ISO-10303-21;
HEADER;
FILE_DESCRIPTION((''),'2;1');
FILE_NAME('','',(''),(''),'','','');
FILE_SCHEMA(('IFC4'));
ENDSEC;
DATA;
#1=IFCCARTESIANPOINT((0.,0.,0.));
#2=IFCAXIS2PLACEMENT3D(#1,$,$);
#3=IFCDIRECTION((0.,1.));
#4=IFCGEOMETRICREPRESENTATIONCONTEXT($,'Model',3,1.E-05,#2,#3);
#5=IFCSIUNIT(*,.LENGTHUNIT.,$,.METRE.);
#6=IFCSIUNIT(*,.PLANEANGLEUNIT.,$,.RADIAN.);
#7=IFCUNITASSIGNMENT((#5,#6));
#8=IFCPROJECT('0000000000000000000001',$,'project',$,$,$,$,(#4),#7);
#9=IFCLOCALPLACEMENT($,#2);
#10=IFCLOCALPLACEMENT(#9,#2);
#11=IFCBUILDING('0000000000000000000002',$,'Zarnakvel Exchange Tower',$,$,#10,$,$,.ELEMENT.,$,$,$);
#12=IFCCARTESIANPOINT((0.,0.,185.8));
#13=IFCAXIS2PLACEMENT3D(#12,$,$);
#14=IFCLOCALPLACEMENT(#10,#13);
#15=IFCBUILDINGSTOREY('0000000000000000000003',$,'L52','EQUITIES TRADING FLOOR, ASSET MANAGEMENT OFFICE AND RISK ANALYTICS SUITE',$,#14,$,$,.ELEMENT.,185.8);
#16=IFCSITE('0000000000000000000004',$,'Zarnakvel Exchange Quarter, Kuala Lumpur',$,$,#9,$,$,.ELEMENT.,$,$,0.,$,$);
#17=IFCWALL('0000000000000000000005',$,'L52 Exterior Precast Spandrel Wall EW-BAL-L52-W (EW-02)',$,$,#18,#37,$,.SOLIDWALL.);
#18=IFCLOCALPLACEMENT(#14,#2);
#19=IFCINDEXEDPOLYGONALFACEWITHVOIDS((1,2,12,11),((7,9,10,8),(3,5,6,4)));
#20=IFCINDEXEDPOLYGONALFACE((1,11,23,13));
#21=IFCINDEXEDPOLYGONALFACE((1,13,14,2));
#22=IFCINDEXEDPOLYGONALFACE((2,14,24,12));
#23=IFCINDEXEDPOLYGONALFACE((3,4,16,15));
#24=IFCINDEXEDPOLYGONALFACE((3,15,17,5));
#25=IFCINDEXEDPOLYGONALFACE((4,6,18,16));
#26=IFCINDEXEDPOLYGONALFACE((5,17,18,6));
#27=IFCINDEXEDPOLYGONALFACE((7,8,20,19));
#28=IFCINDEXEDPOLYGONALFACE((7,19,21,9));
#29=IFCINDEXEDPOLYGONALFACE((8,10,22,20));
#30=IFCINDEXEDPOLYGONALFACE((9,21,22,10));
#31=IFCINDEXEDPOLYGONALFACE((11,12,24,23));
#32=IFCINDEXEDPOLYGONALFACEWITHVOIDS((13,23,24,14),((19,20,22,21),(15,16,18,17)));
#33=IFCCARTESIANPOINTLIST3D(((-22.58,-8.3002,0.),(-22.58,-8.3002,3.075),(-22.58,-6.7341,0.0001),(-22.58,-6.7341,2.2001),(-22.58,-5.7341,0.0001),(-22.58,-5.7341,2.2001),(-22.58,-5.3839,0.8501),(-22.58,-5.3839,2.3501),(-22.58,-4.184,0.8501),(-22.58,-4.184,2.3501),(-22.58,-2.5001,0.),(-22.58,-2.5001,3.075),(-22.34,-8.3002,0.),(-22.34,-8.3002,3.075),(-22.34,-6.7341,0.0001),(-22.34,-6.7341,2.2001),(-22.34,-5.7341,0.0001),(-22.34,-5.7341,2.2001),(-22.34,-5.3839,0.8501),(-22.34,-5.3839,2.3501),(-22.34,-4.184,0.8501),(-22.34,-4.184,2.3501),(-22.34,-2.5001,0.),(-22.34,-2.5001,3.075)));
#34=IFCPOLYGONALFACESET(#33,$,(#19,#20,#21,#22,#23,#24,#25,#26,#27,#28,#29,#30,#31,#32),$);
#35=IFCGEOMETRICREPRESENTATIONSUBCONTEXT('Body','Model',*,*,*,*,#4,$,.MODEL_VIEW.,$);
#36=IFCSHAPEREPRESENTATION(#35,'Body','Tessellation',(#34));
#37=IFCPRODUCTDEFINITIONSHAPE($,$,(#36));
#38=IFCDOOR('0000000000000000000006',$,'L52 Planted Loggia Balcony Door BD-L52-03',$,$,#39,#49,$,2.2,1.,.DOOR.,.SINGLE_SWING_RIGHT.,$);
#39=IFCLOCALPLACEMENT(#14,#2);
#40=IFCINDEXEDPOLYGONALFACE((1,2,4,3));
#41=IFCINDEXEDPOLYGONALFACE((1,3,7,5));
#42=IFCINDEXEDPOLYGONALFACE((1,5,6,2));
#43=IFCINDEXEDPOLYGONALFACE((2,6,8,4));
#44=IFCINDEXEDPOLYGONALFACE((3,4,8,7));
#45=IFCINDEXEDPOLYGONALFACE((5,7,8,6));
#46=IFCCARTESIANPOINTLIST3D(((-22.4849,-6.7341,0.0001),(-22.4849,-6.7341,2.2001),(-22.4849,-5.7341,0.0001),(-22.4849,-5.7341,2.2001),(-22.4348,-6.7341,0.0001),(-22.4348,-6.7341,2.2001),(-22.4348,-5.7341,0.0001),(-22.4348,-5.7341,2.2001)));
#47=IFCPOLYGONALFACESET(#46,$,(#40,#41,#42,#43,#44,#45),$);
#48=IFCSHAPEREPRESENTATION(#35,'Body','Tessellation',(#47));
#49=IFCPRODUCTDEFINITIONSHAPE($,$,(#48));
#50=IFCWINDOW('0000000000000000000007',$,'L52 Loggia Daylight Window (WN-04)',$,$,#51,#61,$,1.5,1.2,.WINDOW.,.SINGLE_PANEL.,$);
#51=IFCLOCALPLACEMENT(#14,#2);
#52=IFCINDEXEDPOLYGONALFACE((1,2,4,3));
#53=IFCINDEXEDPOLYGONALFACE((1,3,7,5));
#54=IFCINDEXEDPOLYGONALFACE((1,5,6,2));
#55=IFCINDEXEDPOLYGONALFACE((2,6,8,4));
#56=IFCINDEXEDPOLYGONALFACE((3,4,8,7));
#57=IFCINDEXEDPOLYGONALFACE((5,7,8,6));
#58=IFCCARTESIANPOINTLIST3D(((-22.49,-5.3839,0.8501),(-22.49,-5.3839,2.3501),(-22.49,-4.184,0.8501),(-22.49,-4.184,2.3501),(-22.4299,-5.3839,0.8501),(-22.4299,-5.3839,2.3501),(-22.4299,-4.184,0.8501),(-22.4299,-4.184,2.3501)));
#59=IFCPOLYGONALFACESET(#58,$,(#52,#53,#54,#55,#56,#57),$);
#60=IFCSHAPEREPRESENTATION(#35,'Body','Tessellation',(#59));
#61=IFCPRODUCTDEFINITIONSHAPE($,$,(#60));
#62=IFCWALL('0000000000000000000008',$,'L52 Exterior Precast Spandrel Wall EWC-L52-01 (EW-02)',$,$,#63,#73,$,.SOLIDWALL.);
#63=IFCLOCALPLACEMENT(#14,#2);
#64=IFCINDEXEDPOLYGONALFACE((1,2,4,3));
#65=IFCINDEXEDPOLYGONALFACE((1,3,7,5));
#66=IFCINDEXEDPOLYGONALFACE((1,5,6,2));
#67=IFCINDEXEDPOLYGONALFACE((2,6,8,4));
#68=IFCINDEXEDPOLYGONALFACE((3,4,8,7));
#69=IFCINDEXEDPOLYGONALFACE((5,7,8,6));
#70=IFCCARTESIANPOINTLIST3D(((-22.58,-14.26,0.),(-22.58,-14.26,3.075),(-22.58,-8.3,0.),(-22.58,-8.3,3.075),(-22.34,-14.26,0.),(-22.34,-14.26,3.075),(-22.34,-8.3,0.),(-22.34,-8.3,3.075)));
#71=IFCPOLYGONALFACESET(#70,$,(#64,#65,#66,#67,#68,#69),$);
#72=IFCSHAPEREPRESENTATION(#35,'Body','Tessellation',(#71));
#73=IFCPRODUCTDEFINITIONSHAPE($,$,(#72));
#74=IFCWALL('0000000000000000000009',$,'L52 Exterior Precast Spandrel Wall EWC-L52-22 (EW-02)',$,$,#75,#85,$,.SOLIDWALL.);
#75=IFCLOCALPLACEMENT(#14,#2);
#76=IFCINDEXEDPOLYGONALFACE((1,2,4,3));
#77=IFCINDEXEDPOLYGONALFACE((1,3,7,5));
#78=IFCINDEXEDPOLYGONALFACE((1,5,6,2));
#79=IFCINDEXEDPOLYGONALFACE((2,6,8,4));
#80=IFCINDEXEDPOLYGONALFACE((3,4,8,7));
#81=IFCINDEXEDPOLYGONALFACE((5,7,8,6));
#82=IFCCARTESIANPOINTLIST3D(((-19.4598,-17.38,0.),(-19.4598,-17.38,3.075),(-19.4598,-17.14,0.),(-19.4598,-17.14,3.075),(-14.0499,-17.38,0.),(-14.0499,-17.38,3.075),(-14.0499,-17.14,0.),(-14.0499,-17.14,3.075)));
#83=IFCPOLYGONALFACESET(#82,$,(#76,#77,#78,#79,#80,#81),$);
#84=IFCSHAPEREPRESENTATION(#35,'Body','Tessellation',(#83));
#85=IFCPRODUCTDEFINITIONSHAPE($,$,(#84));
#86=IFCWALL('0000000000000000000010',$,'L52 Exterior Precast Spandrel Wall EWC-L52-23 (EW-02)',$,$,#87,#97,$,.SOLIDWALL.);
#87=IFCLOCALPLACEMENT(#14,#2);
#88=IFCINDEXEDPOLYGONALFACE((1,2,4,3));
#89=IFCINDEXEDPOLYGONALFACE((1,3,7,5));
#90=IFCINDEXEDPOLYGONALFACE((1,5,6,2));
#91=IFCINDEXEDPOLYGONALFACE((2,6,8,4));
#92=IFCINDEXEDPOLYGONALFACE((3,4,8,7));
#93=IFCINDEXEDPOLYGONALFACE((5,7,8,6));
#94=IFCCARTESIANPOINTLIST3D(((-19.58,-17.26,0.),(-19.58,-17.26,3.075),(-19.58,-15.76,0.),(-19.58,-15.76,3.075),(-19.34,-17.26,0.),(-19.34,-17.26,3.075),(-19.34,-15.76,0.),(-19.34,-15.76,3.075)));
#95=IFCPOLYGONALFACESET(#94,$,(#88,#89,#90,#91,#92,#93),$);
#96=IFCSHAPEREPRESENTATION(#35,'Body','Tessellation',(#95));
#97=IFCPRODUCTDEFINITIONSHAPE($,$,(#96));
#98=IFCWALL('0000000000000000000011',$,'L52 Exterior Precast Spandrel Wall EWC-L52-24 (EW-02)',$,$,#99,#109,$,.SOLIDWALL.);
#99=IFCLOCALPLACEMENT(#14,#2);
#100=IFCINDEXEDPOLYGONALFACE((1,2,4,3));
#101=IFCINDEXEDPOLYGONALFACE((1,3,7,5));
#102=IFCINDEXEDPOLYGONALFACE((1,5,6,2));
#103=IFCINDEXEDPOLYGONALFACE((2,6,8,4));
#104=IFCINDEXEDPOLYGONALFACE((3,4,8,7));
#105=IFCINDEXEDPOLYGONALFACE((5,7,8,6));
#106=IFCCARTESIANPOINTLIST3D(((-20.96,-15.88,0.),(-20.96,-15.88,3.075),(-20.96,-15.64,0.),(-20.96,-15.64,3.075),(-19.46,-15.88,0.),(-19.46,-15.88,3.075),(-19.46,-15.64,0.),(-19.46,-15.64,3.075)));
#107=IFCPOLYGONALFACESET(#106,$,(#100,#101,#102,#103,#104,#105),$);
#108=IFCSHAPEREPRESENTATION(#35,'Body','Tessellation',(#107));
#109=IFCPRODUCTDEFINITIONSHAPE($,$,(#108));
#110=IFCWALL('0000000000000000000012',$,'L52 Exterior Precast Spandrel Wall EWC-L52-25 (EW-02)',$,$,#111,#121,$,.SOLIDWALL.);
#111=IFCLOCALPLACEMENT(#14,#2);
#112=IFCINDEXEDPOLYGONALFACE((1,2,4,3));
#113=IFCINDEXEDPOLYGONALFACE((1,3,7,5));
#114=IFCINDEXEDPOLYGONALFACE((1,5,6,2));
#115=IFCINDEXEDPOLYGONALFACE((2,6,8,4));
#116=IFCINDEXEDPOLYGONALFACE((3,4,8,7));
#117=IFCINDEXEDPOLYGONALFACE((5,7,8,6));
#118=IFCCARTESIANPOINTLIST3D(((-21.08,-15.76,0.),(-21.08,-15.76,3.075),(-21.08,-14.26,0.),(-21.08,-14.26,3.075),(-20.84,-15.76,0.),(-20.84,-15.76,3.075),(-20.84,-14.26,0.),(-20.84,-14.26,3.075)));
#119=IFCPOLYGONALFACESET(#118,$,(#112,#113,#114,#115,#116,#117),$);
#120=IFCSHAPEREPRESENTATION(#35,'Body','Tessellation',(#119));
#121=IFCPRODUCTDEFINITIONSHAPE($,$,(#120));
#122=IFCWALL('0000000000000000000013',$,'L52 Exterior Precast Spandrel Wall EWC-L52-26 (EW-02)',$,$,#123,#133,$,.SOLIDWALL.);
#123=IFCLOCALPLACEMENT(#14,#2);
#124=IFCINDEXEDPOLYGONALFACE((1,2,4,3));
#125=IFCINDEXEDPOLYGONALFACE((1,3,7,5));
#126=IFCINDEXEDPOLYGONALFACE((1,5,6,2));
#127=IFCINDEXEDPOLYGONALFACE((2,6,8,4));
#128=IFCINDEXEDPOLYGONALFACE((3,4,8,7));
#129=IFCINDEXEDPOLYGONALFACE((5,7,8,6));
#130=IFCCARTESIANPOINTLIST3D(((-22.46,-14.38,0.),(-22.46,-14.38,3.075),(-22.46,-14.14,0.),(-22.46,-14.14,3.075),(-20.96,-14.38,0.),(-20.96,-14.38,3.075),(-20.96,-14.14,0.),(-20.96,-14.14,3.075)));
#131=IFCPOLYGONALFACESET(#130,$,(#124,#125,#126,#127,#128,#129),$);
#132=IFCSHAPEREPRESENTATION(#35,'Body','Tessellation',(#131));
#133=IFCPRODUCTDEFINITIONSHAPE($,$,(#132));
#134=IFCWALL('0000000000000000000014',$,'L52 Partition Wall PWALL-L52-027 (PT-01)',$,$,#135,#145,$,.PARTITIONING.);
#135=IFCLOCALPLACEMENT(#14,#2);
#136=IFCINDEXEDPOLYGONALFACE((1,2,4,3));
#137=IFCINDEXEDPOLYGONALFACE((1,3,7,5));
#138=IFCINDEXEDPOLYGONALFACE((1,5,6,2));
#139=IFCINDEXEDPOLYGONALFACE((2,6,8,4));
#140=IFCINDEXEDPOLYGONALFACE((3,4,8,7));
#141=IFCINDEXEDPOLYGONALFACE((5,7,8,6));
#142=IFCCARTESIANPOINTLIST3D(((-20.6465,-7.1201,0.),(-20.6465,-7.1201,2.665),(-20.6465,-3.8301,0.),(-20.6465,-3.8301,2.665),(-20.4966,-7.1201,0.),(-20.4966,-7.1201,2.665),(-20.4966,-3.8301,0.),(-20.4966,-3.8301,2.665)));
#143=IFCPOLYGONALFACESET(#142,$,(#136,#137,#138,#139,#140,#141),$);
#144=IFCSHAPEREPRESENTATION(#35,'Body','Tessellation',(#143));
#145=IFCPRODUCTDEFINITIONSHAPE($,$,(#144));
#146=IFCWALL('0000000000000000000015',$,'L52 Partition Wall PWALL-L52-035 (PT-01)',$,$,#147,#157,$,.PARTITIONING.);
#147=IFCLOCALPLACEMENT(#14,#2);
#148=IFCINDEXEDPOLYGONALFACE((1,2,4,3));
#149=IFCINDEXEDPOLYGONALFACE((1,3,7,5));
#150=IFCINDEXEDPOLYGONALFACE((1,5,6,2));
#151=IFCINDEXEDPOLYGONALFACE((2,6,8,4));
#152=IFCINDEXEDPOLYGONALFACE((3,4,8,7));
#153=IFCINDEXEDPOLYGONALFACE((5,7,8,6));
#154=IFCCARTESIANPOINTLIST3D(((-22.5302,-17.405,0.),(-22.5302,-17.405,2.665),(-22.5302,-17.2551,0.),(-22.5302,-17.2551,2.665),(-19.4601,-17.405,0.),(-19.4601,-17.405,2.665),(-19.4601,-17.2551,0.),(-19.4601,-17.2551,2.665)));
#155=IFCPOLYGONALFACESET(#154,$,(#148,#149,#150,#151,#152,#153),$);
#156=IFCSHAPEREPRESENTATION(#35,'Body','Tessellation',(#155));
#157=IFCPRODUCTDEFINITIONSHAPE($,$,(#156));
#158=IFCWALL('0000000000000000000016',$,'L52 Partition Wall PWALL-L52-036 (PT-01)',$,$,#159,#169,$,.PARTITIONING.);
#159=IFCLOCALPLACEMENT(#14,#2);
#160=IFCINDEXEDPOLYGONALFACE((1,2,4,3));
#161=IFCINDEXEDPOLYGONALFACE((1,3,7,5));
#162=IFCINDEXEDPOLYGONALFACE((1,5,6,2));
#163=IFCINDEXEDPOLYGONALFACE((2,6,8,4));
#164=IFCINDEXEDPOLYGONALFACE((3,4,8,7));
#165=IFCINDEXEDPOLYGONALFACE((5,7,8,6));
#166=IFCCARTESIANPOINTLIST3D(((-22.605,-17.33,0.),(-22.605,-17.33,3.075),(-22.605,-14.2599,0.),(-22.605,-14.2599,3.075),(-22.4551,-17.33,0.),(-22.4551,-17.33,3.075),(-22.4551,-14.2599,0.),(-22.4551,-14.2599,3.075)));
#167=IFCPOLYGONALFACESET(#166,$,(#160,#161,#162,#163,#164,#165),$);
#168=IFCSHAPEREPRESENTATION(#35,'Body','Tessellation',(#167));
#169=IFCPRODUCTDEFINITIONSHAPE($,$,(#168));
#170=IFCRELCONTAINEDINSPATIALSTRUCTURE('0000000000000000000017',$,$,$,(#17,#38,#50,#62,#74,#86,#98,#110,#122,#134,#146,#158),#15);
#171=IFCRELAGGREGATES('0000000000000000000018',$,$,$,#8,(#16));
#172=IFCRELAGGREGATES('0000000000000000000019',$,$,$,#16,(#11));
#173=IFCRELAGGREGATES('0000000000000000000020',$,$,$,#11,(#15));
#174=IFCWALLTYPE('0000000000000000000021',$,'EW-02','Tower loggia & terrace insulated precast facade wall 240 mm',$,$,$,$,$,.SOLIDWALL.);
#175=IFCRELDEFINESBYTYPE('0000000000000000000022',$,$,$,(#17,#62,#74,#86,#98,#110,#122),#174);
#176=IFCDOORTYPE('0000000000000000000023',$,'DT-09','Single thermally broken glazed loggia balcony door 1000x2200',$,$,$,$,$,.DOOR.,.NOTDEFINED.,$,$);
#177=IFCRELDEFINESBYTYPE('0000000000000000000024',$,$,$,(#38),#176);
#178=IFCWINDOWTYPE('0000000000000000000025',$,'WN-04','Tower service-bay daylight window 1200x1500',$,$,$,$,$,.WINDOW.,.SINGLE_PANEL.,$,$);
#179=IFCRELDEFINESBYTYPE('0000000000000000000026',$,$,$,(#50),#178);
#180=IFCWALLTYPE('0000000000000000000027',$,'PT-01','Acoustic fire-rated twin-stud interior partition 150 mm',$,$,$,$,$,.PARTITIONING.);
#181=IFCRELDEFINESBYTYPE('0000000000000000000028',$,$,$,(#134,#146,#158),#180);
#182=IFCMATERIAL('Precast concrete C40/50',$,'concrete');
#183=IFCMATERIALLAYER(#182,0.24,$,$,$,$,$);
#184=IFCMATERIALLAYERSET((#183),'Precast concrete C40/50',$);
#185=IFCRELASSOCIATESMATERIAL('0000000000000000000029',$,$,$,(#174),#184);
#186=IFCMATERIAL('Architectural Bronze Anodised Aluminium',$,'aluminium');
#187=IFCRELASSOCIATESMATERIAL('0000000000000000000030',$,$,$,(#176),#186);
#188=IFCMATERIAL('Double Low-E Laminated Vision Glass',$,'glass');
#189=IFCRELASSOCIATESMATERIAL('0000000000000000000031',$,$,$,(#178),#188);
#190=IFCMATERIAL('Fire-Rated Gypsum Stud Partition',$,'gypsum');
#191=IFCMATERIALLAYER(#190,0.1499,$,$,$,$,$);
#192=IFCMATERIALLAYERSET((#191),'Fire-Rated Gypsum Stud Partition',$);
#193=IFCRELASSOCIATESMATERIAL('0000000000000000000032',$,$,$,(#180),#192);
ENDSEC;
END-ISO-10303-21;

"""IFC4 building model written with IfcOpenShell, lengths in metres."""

from ifc_helpers import new_model, si_unit, direction, frame, frame_2d, origin, place, context, subcontext, project, spatial, rectangle, extrude, source, transform, mapped, material, layer, layer_set, type_object, element, fill, save


model = new_model("IFC4")

# Units and contexts
model_context = context("Model", 3, precision=1e-05, world=origin(), true_north=direction((0.0, 1.0)))
body_context = subcontext(model_context, "Body", "Model", "MODEL_VIEW")
ifc_project = project(units=[si_unit("LENGTHUNIT", "METRE"), si_unit("PLANEANGLEUNIT", "RADIAN")], contexts=[model_context])

# Site, building, storey
site_placement = place(None, origin())
site = spatial("IfcSite", under=ifc_project, at=site_placement, Name="Zarnakvel Exchange Quarter, Kuala Lumpur", CompositionType="ELEMENT", RefElevation=0.0)
building_placement = place(site_placement, origin())
building = spatial("IfcBuilding", under=site, at=building_placement, Name="Zarnakvel Exchange Tower", CompositionType="ELEMENT")
storey_placement = place(building_placement, frame((0.0, 0.0, 185.8)))
storey = spatial("IfcBuildingStorey", under=building, at=storey_placement, Name="L52", Description="EQUITIES TRADING FLOOR, ASSET MANAGEMENT OFFICE AND RISK ANALYTICS SUITE", CompositionType="ELEMENT", Elevation=185.8)

# Wall, openings, door, window
ifc_material_1 = material(Name="Precast concrete C40/50", Category="concrete")
ifc_layer_1 = layer(ifc_material_1, 0.24)
ifc_layer_set_1 = layer_set([ifc_layer_1], Name="Precast concrete C40/50")
wall_type_1 = type_object("IfcWallType", Name="EW-02", Description="Tower loggia & terrace insulated precast facade wall 240 mm", PredefinedType="SOLIDWALL", material=ifc_layer_set_1)
wall_1_placement = place(storey_placement, frame((-22.46, -8.3, 0.0), z_axis=(0.0, 0.0, 1.0), x_axis=(0.0, 1.0, 0.0)))
wall_1 = element("IfcWall", 1, at=wall_1_placement, inside=storey, type_object=wall_type_1, Name="L52 Exterior Precast Spandrel Wall EW-BAL-L52-W (EW-02)", PredefinedType="SOLIDWALL", context=body_context, shape_type="SweptSolid", body=[
    extrude(rectangle(XDim=5.8, YDim=0.24, at=frame_2d((2.8999, 0.0))), origin(), (0.0, 0.0, 1.0), 3.075),
])
opening_1_placement = place(wall_1_placement, frame((1.5659, 0.0, 0.0)))
opening_1 = element("IfcOpeningElement", 2, at=opening_1_placement, cuts=wall_1, PredefinedType="OPENING", context=body_context, shape_type="SweptSolid", body=[
    extrude(rectangle(XDim=1.0, YDim=2.2, at=frame_2d((0.5, 1.1001))), frame((0.0, 0.1299, 0.0), z_axis=(0.0, -1.0, 0.0), x_axis=(1.0, 0.0, 0.0)), (0.0, 0.0, 1.0), 0.26),
])
opening_2_placement = place(wall_1_placement, frame((2.916, 0.0, 0.8501)))
opening_2 = element("IfcOpeningElement", 3, at=opening_2_placement, cuts=wall_1, PredefinedType="OPENING", context=body_context, shape_type="SweptSolid", body=[
    extrude(rectangle(XDim=1.2, YDim=1.5, at=frame_2d((0.6001, 0.75))), frame((0.0, 0.1299, 0.0), z_axis=(0.0, -1.0, 0.0), x_axis=(1.0, 0.0, 0.0)), (0.0, 0.0, 1.0), 0.26),
])
ifc_material_2 = material(Name="Architectural Bronze Anodised Aluminium", Category="aluminium")
door_type = type_object("IfcDoorType", Name="DT-09", Description="Single thermally broken glazed loggia balcony door 1000x2200", OperationType="NOTDEFINED", PredefinedType="DOOR", material=ifc_material_2)
shared_shape_1 = source(origin(), body_context, "Body", "SweptSolid", [
    extrude(rectangle(XDim=1.0, YDim=2.2, at=frame_2d((0.5, 1.1001))), frame((0.0, 0.0249, 0.0), z_axis=(0.0, -1.0, 0.0), x_axis=(1.0, 0.0, 0.0)), (0.0, 0.0, 1.0), 0.05),
])
door_placement = place(opening_1_placement, origin())
door = element("IfcDoor", 4, at=door_placement, inside=storey, type_object=door_type, Name="L52 Planted Loggia Balcony Door BD-L52-03", OperationType="SINGLE_SWING_RIGHT", OverallHeight=2.2, OverallWidth=1.0, PredefinedType="DOOR", context=body_context, shape_type="MappedRepresentation", body=[
    mapped(shared_shape_1, transform((0.0, 0.0, 0.0), x_axis=(1.0, 0.0, 0.0), y_axis=(0.0, 1.0, 0.0), z_axis=(0.0, 0.0, 1.0), scale=1.0)),
])
fill(opening_1, door)
ifc_material_3 = material(Name="Double Low-E Laminated Vision Glass", Category="glass")
window_type = type_object("IfcWindowType", Name="WN-04", Description="Tower service-bay daylight window 1200x1500", PartitioningType="SINGLE_PANEL", PredefinedType="WINDOW", material=ifc_material_3)
shared_shape_2 = source(origin(), body_context, "Body", "SweptSolid", [
    extrude(rectangle(XDim=1.2, YDim=1.5, at=frame_2d((0.6001, 0.75))), frame((0.0, 0.03, 0.0), z_axis=(0.0, -1.0, 0.0), x_axis=(1.0, 0.0, 0.0)), (0.0, 0.0, 1.0), 0.0601),
])
window_placement = place(opening_2_placement, origin())
window = element("IfcWindow", 5, at=window_placement, inside=storey, type_object=window_type, Name="L52 Loggia Daylight Window (WN-04)", OverallHeight=1.5, OverallWidth=1.2, PartitioningType="SINGLE_PANEL", PredefinedType="WINDOW", context=body_context, shape_type="MappedRepresentation", body=[
    mapped(shared_shape_2, transform((0.0, 0.0, 0.0), x_axis=(1.0, 0.0, 0.0), y_axis=(0.0, 1.0, 0.0), z_axis=(0.0, 0.0, 1.0), scale=1.0)),
])
fill(opening_2, window)

# Walls
wall_2_placement = place(storey_placement, frame((-22.46, -8.3, 0.0), z_axis=(0.0, 0.0, 1.0), x_axis=(0.0, -1.0, 0.0)))
element("IfcWall", 6, at=wall_2_placement, inside=storey, type_object=wall_type_1, Name="L52 Exterior Precast Spandrel Wall EWC-L52-01 (EW-02)", PredefinedType="SOLIDWALL", context=body_context, shape_type="SweptSolid", body=[
    extrude(rectangle(XDim=5.96, YDim=0.24, at=frame_2d((2.98, 0.0))), origin(), (0.0, 0.0, 1.0), 3.075),
])
wall_3_placement = place(storey_placement, frame((-19.46, -17.26, 0.0), z_axis=(0.0, 0.0, 1.0), x_axis=(1.0, 0.0, 0.0)))
element("IfcWall", 7, at=wall_3_placement, inside=storey, type_object=wall_type_1, Name="L52 Exterior Precast Spandrel Wall EWC-L52-22 (EW-02)", PredefinedType="SOLIDWALL", context=body_context, shape_type="SweptSolid", body=[
    extrude(rectangle(XDim=5.4099, YDim=0.24, at=frame_2d((2.7051, 0.0))), origin(), (0.0, 0.0, 1.0), 3.075),
])
for number, where, z_axis, x_axis, name in (
    (8, (-19.46, -15.76, 0.0), (0.0, 0.0, 1.0), (0.0, -1.0, 0.0), "L52 Exterior Precast Spandrel Wall EWC-L52-23 (EW-02)"),
    (9, (-20.96, -15.76, 0.0), (0.0, 0.0, 1.0), (1.0, 0.0, 0.0), "L52 Exterior Precast Spandrel Wall EWC-L52-24 (EW-02)"),
    (10, (-20.96, -14.26, 0.0), (0.0, 0.0, 1.0), (0.0, -1.0, 0.0), "L52 Exterior Precast Spandrel Wall EWC-L52-25 (EW-02)"),
    (11, (-22.46, -14.26, 0.0), (0.0, 0.0, 1.0), (1.0, 0.0, 0.0), "L52 Exterior Precast Spandrel Wall EWC-L52-26 (EW-02)"),
):
    element("IfcWall", number, at=place(storey_placement, frame(where, z_axis=z_axis, x_axis=x_axis)), inside=storey, type_object=wall_type_1, Name=name, PredefinedType="SOLIDWALL", context=body_context, shape_type="SweptSolid", body=[
        extrude(rectangle(XDim=1.5, YDim=0.24, at=frame_2d((0.75, 0.0))), origin(), (0.0, 0.0, 1.0), 3.075),
    ])
ifc_material_4 = material(Name="Fire-Rated Gypsum Stud Partition", Category="gypsum")
ifc_layer_2 = layer(ifc_material_4, 0.1499)
ifc_layer_set_2 = layer_set([ifc_layer_2], Name="Fire-Rated Gypsum Stud Partition")
wall_type_2 = type_object("IfcWallType", Name="PT-01", Description="Acoustic fire-rated twin-stud interior partition 150 mm", PredefinedType="PARTITIONING", material=ifc_layer_set_2)
wall_4_placement = place(storey_placement, frame((-20.5715, -7.1201, 0.0), z_axis=(0.0, 0.0, 1.0), x_axis=(0.0, 1.0, 0.0)))
element("IfcWall", 12, at=wall_4_placement, inside=storey, type_object=wall_type_2, Name="L52 Partition Wall PWALL-L52-027 (PT-01)", PredefinedType="PARTITIONING", context=body_context, shape_type="SweptSolid", body=[
    extrude(rectangle(XDim=3.29, YDim=0.1499, at=frame_2d((1.645, 0.0))), origin(), (0.0, 0.0, 1.0), 2.665),
])
wall_5_placement = place(storey_placement, frame((-19.46, -17.3301, 0.0), z_axis=(0.0, 0.0, 1.0), x_axis=(-1.0, 0.0, 0.0)))
element("IfcWall", 13, at=wall_5_placement, inside=storey, type_object=wall_type_2, Name="L52 Partition Wall PWALL-L52-035 (PT-01)", PredefinedType="PARTITIONING", context=body_context, shape_type="SweptSolid", body=[
    extrude(rectangle(XDim=3.0701, YDim=0.1499, at=frame_2d((1.5352, 0.0))), origin(), (0.0, 0.0, 1.0), 2.665),
])
wall_6_placement = place(storey_placement, frame((-22.53, -17.3301, 0.0), z_axis=(0.0, 0.0, 1.0), x_axis=(0.0, 1.0, 0.0)))
element("IfcWall", 14, at=wall_6_placement, inside=storey, type_object=wall_type_2, Name="L52 Partition Wall PWALL-L52-036 (PT-01)", PredefinedType="PARTITIONING", context=body_context, shape_type="SweptSolid", body=[
    extrude(rectangle(XDim=3.0701, YDim=0.1499, at=frame_2d((1.5352, 0.0))), origin(), (0.0, 0.0, 1.0), 3.075),
])

save(model, "model.ifc")
